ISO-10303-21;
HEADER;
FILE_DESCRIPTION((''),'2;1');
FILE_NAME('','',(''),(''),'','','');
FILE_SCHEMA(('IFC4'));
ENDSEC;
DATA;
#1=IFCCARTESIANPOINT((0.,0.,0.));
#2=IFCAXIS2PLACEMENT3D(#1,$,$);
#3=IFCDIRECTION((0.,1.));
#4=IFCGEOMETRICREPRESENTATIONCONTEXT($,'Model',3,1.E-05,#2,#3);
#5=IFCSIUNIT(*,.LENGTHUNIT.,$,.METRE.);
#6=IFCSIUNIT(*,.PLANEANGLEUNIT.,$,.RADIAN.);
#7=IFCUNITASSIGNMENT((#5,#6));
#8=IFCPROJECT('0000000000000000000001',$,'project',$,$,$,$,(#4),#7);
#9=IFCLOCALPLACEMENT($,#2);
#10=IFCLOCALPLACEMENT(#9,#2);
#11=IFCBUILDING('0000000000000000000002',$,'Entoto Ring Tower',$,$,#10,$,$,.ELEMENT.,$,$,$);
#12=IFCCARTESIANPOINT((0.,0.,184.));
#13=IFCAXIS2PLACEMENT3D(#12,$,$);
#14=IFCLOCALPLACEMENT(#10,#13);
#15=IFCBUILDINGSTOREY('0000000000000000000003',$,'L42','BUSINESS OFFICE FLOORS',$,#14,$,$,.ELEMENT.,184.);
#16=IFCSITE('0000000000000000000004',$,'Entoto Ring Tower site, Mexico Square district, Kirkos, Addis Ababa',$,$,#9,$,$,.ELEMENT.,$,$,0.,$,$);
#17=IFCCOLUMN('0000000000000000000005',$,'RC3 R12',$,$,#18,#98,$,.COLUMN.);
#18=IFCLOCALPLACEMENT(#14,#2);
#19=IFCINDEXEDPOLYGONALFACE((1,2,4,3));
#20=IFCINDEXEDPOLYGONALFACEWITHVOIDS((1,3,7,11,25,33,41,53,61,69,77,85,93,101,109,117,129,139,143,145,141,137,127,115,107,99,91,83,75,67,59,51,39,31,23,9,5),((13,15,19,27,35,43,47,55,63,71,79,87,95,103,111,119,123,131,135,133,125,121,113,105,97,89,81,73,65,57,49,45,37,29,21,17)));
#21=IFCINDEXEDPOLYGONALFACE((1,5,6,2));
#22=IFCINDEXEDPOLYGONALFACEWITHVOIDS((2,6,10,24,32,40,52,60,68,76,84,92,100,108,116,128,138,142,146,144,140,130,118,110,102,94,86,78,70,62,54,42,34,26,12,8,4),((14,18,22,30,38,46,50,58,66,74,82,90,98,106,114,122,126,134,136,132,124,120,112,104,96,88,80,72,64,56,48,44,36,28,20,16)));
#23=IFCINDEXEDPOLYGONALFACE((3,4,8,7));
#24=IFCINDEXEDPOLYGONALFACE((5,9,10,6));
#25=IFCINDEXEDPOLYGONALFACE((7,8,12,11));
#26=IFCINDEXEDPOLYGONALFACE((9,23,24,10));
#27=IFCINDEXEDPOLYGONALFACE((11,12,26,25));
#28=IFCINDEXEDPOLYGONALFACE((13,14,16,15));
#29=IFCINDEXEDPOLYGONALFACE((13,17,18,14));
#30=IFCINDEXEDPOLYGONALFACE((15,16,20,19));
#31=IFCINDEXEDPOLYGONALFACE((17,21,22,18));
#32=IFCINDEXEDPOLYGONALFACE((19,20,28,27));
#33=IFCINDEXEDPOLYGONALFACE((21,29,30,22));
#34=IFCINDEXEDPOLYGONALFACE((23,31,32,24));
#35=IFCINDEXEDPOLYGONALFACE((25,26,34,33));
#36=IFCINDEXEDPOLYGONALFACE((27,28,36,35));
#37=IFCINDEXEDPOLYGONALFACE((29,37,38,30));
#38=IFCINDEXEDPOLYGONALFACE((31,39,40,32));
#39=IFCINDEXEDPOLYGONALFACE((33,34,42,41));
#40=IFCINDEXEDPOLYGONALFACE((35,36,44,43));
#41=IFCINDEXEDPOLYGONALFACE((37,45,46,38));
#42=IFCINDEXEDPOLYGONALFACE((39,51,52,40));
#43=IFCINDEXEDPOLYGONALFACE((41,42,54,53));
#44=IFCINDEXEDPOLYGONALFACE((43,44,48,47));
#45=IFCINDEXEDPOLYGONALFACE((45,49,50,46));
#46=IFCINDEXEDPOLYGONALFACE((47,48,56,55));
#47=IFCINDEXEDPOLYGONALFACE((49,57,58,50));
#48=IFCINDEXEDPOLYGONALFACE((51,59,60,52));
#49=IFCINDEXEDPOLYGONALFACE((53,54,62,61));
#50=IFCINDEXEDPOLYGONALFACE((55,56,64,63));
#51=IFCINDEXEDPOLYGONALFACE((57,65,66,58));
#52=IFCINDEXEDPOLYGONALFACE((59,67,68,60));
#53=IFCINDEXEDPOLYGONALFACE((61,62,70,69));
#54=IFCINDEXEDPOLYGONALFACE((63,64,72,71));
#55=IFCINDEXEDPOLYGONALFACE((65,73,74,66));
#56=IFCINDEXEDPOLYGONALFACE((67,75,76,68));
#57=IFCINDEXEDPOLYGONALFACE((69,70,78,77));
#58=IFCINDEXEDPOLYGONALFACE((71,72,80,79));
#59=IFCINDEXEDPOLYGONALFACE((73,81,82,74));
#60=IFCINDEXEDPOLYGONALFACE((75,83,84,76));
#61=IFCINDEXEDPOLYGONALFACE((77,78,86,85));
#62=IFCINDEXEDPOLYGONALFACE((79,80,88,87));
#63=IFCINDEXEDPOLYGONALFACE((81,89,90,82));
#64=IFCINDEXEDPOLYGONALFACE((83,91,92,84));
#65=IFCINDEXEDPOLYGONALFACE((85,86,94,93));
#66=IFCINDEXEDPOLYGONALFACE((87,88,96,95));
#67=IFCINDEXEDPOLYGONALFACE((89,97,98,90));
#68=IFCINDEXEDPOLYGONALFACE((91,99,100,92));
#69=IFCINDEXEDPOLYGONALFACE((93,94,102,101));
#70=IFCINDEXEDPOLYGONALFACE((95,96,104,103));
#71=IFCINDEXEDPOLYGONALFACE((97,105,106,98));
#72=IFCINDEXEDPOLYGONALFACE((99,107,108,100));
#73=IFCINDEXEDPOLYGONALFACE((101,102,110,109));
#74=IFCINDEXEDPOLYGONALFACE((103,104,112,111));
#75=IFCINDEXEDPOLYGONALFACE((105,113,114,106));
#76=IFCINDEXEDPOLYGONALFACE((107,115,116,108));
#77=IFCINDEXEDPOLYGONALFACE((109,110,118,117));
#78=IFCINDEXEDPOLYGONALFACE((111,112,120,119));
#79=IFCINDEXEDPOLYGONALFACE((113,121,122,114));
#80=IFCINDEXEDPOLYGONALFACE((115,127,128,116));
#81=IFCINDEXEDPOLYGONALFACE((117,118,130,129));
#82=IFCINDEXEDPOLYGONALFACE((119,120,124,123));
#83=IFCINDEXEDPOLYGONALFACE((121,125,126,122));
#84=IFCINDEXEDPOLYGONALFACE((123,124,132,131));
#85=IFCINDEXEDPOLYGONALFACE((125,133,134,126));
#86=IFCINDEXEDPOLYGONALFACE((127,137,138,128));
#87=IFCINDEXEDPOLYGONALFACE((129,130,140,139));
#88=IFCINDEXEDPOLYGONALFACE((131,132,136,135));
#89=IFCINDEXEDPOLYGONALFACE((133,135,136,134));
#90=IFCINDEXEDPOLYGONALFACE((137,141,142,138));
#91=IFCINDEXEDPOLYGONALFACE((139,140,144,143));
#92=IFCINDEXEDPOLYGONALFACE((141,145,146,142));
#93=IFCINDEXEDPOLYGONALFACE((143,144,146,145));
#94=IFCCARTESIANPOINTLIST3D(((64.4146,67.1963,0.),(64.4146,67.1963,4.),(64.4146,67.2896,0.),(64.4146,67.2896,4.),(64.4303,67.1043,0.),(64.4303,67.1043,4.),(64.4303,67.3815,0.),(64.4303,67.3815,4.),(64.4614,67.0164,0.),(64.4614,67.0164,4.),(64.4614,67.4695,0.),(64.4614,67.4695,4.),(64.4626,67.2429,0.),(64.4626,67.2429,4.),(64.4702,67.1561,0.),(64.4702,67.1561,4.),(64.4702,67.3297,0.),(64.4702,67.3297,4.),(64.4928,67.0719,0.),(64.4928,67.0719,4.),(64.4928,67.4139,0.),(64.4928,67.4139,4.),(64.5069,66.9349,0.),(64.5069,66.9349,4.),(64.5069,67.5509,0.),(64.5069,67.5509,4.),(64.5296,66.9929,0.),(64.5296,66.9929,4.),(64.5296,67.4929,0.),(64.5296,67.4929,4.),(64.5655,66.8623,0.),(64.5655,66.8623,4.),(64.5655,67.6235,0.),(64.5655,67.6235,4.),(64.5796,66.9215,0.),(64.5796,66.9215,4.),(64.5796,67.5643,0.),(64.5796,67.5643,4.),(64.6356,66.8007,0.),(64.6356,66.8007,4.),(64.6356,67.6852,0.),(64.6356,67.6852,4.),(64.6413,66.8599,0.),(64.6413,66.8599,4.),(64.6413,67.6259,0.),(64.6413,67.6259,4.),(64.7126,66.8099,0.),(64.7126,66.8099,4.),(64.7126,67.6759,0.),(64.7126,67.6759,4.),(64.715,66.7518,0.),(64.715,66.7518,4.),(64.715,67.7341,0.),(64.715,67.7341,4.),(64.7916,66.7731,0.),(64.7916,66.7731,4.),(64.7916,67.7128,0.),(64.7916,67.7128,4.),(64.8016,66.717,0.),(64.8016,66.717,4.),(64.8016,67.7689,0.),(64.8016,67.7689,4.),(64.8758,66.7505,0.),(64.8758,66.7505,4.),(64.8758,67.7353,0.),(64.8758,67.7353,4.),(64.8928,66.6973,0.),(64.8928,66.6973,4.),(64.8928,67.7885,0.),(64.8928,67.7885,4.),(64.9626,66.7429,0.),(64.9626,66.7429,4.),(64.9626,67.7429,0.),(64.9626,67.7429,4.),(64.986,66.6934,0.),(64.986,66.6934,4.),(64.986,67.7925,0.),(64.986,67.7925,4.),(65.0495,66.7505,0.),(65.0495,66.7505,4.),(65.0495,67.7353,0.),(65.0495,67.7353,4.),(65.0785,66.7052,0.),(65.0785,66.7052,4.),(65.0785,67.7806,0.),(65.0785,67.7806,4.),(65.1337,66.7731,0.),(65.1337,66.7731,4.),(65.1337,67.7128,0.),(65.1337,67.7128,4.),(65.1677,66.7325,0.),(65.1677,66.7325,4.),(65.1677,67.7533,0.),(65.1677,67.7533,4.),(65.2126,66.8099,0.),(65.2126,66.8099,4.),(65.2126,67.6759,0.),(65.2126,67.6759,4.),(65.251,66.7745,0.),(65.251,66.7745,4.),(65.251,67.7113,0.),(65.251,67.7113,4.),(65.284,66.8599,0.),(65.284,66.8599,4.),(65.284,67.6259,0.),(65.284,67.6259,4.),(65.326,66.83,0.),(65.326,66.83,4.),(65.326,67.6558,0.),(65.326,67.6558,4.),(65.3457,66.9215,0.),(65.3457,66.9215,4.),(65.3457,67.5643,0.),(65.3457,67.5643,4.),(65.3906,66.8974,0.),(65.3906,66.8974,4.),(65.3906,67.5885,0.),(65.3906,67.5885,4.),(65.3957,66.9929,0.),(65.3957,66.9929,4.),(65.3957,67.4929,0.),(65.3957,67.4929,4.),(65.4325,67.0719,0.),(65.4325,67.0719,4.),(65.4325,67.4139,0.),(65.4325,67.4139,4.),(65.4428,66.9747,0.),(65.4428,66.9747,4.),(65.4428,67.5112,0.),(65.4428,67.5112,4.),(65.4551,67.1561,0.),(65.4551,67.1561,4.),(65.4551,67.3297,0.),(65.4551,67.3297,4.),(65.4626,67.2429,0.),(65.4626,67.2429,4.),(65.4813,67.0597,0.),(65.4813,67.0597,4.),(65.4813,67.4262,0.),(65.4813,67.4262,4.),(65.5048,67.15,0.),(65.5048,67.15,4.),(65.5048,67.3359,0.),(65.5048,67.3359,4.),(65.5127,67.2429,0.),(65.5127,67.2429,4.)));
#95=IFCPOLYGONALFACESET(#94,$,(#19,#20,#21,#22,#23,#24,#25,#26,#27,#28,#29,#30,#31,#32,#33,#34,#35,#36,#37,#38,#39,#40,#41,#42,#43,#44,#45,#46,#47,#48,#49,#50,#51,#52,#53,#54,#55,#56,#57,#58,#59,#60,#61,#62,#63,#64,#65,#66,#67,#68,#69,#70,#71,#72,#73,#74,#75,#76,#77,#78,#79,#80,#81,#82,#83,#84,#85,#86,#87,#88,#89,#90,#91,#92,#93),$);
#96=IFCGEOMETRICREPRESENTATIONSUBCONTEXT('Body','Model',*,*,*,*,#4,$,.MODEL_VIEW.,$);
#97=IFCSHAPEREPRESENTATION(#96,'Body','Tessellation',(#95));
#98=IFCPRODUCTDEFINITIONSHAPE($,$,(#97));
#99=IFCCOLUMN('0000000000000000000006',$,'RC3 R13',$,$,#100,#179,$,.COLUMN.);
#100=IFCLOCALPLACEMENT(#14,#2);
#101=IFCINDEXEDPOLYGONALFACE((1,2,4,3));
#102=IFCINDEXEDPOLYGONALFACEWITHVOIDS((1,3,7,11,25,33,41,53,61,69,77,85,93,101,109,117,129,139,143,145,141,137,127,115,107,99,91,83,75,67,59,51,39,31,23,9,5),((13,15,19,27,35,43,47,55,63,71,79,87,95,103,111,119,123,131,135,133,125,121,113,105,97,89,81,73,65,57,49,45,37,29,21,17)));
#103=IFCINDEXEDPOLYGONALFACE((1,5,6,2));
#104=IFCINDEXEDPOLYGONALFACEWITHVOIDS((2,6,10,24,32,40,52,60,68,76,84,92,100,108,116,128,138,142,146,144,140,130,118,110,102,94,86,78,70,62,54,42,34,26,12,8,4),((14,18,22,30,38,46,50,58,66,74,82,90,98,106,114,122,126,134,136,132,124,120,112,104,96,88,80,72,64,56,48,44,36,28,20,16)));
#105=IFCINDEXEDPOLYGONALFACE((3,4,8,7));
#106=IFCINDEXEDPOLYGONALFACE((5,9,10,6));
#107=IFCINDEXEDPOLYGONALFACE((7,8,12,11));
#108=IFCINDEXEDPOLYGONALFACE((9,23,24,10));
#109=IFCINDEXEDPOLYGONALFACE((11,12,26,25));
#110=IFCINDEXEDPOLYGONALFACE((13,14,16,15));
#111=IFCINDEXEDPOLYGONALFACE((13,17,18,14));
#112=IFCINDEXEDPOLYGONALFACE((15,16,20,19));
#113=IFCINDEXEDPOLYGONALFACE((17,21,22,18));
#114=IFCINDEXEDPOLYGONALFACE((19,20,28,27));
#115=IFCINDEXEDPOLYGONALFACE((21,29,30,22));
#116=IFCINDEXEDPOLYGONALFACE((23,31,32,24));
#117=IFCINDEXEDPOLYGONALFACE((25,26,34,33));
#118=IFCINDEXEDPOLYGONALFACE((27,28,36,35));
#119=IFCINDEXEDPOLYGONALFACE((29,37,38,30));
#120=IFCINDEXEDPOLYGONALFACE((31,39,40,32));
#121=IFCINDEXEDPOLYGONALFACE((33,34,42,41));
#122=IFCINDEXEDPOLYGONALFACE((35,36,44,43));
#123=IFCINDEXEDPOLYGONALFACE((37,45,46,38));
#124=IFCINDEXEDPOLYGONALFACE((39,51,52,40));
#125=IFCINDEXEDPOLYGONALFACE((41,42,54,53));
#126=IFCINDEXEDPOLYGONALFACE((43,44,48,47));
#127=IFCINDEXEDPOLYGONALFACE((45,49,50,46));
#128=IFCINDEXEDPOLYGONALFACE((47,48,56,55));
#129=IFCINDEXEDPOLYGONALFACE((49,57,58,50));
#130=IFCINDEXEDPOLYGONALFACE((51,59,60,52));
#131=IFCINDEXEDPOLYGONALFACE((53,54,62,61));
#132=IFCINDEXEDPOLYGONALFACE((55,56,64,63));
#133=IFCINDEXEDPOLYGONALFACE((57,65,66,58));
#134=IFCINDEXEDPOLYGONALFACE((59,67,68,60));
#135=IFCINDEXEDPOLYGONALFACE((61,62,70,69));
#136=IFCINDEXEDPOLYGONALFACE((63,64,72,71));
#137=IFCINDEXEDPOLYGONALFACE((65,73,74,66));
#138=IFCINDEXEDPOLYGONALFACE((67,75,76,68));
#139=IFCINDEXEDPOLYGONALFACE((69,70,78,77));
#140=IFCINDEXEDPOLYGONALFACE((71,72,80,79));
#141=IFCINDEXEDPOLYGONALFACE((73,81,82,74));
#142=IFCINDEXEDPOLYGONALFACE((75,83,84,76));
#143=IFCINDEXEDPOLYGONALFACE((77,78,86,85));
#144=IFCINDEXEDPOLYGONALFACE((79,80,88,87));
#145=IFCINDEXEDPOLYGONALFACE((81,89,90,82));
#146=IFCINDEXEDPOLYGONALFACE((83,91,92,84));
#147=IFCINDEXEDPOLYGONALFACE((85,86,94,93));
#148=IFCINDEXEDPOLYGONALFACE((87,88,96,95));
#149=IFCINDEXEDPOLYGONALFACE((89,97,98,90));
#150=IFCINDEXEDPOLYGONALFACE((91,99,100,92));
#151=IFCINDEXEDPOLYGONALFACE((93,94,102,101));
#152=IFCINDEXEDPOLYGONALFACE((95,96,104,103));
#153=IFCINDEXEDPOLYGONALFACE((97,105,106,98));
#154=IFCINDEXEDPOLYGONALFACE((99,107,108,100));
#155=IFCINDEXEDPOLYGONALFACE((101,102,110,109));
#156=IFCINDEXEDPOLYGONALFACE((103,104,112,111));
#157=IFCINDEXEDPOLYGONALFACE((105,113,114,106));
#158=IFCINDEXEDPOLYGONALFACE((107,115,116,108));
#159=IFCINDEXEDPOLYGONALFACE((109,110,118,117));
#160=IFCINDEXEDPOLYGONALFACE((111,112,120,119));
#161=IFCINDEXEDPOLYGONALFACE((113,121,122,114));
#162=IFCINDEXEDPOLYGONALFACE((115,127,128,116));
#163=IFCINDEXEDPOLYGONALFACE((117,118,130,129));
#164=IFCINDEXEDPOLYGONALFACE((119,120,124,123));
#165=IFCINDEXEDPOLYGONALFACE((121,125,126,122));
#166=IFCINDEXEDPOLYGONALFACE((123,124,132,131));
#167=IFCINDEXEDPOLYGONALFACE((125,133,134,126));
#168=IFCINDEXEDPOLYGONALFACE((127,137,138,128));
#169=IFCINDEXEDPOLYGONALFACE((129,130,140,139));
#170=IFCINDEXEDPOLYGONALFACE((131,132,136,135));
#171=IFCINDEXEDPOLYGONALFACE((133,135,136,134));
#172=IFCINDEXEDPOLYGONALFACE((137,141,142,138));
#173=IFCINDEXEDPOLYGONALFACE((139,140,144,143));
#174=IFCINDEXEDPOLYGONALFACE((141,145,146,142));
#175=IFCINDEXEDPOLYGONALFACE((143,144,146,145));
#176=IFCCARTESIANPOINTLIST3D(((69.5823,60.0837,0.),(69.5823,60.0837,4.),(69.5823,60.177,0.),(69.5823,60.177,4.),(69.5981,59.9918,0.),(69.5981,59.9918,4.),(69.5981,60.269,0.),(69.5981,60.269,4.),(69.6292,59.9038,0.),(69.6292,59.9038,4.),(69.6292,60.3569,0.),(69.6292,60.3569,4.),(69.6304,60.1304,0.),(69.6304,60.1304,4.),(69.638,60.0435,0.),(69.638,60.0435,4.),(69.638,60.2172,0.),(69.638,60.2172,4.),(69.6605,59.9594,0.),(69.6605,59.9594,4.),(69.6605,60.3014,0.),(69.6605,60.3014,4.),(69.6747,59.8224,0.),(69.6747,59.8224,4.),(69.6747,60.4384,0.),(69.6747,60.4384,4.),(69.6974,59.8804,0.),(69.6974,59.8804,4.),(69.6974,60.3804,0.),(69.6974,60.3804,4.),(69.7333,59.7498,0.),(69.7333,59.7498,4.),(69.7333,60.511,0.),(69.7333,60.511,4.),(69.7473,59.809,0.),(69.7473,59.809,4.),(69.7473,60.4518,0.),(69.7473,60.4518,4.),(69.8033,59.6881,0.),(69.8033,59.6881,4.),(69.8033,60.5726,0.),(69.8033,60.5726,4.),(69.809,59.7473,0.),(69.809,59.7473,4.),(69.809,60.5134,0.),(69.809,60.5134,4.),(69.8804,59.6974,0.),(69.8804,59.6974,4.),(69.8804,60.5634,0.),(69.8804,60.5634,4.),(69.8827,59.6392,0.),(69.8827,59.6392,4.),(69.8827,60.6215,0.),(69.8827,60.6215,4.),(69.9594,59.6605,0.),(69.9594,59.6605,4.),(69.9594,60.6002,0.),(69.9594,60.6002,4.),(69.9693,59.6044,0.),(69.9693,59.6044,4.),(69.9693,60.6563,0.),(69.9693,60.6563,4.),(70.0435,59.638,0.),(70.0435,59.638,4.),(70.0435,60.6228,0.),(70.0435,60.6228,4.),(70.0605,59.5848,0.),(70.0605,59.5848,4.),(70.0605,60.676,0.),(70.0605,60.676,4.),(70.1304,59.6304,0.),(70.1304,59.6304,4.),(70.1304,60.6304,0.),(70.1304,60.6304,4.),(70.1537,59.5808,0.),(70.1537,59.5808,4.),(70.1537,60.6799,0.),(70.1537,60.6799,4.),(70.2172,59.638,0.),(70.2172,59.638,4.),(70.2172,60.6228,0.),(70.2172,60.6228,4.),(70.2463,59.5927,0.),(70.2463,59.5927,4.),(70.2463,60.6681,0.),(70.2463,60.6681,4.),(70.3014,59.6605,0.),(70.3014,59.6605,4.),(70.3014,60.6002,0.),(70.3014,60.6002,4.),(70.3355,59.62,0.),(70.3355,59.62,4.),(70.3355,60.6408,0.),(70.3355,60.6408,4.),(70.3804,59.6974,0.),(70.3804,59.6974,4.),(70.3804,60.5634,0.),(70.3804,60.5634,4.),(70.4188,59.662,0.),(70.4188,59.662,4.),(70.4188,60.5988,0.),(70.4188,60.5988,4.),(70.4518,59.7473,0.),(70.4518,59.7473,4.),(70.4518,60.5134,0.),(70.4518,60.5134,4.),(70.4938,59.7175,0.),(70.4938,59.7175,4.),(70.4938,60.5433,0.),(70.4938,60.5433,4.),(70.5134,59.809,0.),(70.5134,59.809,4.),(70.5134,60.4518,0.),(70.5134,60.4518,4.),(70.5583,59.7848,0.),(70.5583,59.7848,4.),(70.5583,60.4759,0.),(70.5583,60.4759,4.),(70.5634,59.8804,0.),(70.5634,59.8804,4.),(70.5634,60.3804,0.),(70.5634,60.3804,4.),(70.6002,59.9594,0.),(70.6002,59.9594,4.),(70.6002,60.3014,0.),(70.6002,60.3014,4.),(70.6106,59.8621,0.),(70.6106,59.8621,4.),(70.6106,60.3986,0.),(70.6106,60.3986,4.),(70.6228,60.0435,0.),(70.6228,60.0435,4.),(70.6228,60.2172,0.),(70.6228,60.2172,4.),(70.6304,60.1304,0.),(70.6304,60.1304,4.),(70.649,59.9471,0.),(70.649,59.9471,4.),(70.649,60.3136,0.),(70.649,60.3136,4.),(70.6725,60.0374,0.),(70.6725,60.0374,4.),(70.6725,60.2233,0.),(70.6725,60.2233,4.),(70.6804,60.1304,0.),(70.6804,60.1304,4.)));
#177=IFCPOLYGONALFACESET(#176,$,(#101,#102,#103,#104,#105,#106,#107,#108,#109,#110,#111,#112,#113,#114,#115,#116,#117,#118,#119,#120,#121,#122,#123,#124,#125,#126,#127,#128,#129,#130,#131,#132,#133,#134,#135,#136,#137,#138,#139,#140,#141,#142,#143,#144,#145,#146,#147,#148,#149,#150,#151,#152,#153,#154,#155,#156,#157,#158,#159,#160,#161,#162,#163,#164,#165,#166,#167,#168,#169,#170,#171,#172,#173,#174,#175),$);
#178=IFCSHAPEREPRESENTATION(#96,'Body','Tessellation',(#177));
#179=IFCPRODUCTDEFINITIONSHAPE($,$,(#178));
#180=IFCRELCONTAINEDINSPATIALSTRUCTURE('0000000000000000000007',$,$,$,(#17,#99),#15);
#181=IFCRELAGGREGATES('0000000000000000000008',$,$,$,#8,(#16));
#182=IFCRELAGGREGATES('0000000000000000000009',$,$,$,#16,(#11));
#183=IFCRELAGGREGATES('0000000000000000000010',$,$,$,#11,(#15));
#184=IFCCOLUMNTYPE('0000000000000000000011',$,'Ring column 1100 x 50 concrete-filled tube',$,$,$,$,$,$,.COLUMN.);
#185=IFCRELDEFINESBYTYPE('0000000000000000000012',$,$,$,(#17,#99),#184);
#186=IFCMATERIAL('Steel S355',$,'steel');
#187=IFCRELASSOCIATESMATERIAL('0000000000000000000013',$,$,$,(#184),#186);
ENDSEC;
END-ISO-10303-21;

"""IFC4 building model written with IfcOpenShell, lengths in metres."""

from ifc_helpers import new_model, si_unit, direction, frame, origin, origin_2d, place, context, subcontext, project, spatial, circle, hollow_circle, extrude, material, material_profile, profile_set, type_object, element, save


model = new_model("IFC4")

# Units and contexts
model_context = context("Model", 3, precision=1e-05, world=origin(), true_north=direction((0.0, 1.0)))
body_context = subcontext(model_context, "Body", "Model", "MODEL_VIEW")
ifc_project = project(units=[si_unit("LENGTHUNIT", "METRE"), si_unit("PLANEANGLEUNIT", "RADIAN")], contexts=[model_context])

# Site, building, storey
site_placement = place(None, origin())
site = spatial("IfcSite", under=ifc_project, at=site_placement, Name="Entoto Ring Tower site, Mexico Square district, Kirkos, Addis Ababa", CompositionType="ELEMENT", RefElevation=0.0)
building_placement = place(site_placement, origin())
building = spatial("IfcBuilding", under=site, at=building_placement, Name="Entoto Ring Tower", CompositionType="ELEMENT")
storey_placement = place(building_placement, frame((0.0, 0.0, 184.0)))
storey = spatial("IfcBuildingStorey", under=building, at=storey_placement, Name="L42", Description="BUSINESS OFFICE FLOORS", CompositionType="ELEMENT", Elevation=184.0)

# Columns
ifc_material_1 = material(Name="Steel S355", Category="steel")
ifc_material_profile_1 = material_profile(ifc_material_1, hollow_circle(Radius=0.55, WallThickness=0.05, at=origin_2d()), Name="CHS 1100 x 50")
ifc_material_2 = material(Name="Concrete C60/75", Category="concrete")
ifc_material_profile_2 = material_profile(ifc_material_2, circle(Radius=0.5, at=origin_2d()), Name="Concrete C60/75 infill")
ifc_profile_set_1 = profile_set([ifc_material_profile_1, ifc_material_profile_2], Name="Steel S355")
column_type = type_object("IfcColumnType", Name="Ring column 1100 x 50 concrete-filled tube", PredefinedType="COLUMN", material=ifc_profile_set_1)
for number, where, z_axis, x_axis, name in (
    (1, (64.9626, 67.2429, 0.0), (0.0, 0.0, 1.0), (1.0, 0.0, 0.0), "RC3 R12"),
    (2, (70.1304, 60.1304, 0.0), (0.0, 0.0, 1.0), (1.0, 0.0, 0.0), "RC3 R13"),
):
    element("IfcColumn", number, at=place(storey_placement, frame(where, z_axis=z_axis, x_axis=x_axis)), inside=storey, type_object=column_type, Name=name, PredefinedType="COLUMN", context=body_context, shape_type="SweptSolid", body=[
        extrude(hollow_circle(Radius=0.55, WallThickness=0.05, at=origin_2d()), origin(), (0.0, 0.0, 1.0), 4.0),
    ])

save(model, "model.ifc")
